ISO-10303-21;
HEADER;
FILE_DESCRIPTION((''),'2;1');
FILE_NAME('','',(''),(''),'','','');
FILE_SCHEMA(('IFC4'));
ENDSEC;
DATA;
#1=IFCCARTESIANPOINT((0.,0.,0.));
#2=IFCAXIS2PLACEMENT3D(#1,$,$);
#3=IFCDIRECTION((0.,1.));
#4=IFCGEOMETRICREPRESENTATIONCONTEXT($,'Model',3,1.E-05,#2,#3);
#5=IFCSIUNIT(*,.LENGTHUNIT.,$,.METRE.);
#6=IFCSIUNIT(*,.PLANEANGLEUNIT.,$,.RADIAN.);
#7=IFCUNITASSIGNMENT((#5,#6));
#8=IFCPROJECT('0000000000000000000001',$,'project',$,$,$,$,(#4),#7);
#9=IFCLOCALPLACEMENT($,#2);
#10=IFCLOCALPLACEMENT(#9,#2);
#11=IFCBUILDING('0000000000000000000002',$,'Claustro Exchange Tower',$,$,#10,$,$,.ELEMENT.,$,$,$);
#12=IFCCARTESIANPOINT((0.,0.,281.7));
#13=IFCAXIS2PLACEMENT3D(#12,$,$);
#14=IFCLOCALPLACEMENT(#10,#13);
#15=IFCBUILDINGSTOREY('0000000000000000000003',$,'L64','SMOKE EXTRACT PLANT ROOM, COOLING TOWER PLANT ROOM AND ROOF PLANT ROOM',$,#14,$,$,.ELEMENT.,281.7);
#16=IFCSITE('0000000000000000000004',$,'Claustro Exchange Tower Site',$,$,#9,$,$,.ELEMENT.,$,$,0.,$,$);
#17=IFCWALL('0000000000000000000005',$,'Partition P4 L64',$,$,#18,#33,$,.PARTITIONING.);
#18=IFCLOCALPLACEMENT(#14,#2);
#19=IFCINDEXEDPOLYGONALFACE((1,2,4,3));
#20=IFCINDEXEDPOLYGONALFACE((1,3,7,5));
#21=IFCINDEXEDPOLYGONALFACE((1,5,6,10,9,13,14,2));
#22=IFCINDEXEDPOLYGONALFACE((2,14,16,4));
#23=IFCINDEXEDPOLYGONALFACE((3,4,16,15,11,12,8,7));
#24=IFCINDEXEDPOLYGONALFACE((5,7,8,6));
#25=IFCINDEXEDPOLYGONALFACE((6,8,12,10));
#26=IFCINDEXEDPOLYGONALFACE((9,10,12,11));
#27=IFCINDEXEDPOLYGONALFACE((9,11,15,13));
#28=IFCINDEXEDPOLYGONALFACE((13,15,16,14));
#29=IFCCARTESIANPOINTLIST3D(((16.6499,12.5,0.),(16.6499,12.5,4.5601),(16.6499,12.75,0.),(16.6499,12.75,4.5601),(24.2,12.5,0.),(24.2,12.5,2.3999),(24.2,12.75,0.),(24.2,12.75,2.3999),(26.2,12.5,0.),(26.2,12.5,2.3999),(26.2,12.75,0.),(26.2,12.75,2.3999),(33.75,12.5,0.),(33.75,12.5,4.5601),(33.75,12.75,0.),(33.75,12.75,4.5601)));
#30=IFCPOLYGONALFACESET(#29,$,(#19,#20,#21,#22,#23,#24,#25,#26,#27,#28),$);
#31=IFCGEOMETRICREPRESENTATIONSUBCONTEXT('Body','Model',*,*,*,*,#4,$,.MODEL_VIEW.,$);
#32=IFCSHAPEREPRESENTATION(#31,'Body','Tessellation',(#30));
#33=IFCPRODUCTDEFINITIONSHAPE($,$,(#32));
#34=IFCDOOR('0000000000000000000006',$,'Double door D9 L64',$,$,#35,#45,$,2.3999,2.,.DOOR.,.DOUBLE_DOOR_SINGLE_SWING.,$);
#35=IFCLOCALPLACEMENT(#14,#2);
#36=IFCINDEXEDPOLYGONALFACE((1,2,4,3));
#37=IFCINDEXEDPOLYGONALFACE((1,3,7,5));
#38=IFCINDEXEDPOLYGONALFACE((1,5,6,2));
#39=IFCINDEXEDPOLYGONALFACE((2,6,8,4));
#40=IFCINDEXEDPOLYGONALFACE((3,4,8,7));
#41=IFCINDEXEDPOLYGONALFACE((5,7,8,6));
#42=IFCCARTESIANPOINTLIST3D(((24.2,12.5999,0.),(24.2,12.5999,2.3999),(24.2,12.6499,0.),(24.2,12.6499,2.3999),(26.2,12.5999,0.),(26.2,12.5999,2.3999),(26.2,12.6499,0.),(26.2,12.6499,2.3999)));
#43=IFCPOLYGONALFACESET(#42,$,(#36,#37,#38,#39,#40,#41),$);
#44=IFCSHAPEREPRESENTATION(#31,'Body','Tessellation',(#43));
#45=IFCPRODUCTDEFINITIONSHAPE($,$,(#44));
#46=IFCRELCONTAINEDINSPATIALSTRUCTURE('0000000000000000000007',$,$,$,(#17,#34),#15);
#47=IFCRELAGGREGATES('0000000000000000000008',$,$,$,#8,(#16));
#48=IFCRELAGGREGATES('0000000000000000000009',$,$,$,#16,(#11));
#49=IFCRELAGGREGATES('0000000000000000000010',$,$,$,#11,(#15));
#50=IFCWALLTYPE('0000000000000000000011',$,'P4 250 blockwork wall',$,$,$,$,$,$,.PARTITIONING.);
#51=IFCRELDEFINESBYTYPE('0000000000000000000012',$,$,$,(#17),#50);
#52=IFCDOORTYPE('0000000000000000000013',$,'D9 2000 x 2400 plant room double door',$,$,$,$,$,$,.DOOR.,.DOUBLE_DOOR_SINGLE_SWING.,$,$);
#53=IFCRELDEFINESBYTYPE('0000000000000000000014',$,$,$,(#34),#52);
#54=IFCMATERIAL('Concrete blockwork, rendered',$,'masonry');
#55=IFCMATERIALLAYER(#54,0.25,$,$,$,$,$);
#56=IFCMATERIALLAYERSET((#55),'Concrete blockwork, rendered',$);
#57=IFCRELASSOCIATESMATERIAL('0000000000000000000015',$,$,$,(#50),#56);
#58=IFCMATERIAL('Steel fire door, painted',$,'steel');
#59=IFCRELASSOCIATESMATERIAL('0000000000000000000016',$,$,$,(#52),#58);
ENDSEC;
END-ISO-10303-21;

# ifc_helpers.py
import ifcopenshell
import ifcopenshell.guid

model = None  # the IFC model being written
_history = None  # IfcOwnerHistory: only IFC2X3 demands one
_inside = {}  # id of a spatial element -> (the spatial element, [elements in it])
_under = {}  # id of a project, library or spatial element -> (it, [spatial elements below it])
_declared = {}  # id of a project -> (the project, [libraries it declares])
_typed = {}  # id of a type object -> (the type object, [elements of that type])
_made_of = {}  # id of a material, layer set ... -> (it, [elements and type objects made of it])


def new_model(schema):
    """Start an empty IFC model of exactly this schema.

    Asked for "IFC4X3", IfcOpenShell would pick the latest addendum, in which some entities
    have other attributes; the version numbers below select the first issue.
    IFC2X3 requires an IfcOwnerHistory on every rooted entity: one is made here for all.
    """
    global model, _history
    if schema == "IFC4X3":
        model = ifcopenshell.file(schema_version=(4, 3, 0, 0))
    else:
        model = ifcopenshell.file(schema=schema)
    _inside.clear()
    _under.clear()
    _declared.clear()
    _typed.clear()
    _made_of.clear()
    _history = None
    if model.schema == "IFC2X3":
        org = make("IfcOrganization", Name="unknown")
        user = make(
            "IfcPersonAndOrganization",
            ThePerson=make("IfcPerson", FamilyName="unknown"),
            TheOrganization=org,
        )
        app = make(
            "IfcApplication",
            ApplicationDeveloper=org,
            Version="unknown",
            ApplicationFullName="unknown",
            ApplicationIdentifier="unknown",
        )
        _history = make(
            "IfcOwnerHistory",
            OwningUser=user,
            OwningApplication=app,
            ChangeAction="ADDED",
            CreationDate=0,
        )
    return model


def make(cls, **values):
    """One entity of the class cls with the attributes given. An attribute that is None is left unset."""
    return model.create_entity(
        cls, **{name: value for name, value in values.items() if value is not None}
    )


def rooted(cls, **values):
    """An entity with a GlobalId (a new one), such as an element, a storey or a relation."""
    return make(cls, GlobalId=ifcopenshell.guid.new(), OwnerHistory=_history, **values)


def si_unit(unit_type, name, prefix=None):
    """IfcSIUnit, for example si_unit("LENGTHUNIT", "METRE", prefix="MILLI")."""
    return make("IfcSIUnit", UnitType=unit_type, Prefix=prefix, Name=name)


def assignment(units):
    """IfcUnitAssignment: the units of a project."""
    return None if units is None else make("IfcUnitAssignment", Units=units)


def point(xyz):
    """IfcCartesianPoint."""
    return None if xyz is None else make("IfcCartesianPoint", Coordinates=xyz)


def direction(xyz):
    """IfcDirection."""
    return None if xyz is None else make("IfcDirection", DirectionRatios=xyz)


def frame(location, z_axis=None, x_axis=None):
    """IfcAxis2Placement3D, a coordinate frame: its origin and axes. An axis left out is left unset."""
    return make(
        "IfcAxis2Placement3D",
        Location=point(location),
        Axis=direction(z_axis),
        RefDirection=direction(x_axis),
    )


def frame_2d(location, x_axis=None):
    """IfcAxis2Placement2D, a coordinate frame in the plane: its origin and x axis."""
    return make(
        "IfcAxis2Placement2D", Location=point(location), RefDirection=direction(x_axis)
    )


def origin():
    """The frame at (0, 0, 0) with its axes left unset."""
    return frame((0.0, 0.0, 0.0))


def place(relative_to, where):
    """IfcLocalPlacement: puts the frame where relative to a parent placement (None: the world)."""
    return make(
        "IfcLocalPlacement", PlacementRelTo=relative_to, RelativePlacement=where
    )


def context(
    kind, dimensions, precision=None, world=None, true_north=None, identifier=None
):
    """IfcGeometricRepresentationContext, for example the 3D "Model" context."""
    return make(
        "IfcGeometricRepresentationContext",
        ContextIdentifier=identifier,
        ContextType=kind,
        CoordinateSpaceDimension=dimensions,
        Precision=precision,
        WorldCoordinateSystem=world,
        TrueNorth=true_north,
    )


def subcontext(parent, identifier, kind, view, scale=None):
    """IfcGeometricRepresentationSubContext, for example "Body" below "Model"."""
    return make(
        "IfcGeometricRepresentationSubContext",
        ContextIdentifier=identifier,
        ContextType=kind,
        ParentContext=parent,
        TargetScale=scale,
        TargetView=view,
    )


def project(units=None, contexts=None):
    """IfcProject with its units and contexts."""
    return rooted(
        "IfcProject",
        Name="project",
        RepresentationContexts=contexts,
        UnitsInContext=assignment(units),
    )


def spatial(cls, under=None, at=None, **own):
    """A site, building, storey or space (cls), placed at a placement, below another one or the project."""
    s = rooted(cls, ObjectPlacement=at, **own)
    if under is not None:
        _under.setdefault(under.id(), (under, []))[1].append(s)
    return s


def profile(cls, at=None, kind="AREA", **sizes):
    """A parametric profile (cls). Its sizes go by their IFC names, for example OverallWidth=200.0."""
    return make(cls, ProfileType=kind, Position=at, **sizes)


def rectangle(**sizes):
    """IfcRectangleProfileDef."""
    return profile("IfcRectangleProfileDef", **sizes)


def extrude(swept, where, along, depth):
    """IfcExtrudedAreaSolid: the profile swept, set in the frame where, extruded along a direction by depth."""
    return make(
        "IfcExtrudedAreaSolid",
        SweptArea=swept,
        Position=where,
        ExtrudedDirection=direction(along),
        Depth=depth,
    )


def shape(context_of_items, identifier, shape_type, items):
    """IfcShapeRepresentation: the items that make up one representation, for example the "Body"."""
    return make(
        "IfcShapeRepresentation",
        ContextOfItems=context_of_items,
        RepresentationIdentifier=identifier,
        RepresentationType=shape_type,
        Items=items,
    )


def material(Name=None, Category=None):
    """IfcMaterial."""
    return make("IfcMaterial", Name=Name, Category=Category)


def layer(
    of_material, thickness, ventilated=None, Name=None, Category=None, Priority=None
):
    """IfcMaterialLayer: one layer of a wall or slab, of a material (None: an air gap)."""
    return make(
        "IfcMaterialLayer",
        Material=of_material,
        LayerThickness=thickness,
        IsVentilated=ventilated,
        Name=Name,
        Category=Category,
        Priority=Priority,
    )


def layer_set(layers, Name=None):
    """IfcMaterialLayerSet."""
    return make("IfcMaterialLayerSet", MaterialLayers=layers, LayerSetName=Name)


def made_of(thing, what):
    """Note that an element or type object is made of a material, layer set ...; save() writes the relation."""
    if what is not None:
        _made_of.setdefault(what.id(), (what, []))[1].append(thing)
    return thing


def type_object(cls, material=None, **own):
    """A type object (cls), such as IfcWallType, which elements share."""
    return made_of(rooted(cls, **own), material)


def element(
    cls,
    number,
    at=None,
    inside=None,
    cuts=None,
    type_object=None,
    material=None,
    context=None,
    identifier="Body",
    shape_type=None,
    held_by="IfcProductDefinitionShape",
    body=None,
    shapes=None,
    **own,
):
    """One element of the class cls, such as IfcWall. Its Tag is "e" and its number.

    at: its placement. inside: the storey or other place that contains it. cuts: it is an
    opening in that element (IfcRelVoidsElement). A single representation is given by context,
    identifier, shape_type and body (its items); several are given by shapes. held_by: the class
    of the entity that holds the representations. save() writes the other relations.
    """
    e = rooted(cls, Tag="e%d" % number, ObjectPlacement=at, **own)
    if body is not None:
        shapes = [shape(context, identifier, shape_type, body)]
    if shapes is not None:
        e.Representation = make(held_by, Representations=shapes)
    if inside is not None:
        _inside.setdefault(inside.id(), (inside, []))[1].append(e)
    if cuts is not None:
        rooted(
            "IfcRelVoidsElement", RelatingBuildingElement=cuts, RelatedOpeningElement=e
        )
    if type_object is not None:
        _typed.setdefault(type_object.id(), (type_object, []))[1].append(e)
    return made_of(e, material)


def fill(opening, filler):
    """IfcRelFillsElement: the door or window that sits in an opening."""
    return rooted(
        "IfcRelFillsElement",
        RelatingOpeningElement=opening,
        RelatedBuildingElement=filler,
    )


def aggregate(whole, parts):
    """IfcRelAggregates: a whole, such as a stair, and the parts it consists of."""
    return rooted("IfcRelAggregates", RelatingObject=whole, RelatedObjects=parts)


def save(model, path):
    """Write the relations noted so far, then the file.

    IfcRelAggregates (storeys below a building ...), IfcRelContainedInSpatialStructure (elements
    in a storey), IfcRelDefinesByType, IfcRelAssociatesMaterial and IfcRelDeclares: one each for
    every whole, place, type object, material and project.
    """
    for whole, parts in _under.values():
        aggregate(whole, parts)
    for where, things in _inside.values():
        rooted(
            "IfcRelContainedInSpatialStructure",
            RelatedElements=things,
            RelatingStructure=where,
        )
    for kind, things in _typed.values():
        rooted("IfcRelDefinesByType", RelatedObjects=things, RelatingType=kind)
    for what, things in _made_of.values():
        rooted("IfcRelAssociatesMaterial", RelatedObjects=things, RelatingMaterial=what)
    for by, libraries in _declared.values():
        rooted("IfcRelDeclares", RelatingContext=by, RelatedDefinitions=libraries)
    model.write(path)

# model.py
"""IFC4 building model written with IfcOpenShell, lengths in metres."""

from ifc_helpers import new_model, si_unit, direction, frame, frame_2d, origin, place, context, subcontext, project, spatial, rectangle, extrude, material, layer, layer_set, type_object, element, fill, save


model = new_model("IFC4")

# Units and contexts
model_context = context("Model", 3, precision=1e-05, world=origin(), true_north=direction((0.0, 1.0)))
body_context = subcontext(model_context, "Body", "Model", "MODEL_VIEW")
ifc_project = project(units=[si_unit("LENGTHUNIT", "METRE"), si_unit("PLANEANGLEUNIT", "RADIAN")], contexts=[model_context])

# Site, building, storey
site_placement = place(None, origin())
site = spatial("IfcSite", under=ifc_project, at=site_placement, Name="Claustro Exchange Tower Site", CompositionType="ELEMENT", RefElevation=0.0)
building_placement = place(site_placement, origin())
building = spatial("IfcBuilding", under=site, at=building_placement, Name="Claustro Exchange Tower", CompositionType="ELEMENT")
storey_placement = place(building_placement, frame((0.0, 0.0, 281.7)))
storey = spatial("IfcBuildingStorey", under=building, at=storey_placement, Name="L64", Description="SMOKE EXTRACT PLANT ROOM, COOLING TOWER PLANT ROOM AND ROOF PLANT ROOM", CompositionType="ELEMENT", Elevation=281.7)

# Shared definitions
ifc_material_1 = material(Name="Concrete blockwork, rendered", Category="masonry")
ifc_layer_1 = layer(ifc_material_1, 0.25)
ifc_layer_set_1 = layer_set([ifc_layer_1], Name="Concrete blockwork, rendered")
wall_type = type_object("IfcWallType", Name="P4 250 blockwork wall", PredefinedType="PARTITIONING", material=ifc_layer_set_1)

# Wall, opening, door
wall_1_placement = place(storey_placement, frame((16.6499, 12.625, 0.0), z_axis=(0.0, 0.0, 1.0), x_axis=(1.0, 0.0, 0.0)))
wall_1 = element("IfcWall", 1, at=wall_1_placement, inside=storey, type_object=wall_type, Name="Partition P4 L64", PredefinedType="PARTITIONING", context=body_context, shape_type="SweptSolid", body=[
    extrude(rectangle(XDim=17.1001, YDim=0.25, at=frame_2d((8.55, 0.0))), origin(), (0.0, 0.0, 1.0), 4.5601),
])
opening_placement = place(wall_1_placement, frame((7.55, 0.0, 0.0)))
opening = element("IfcOpeningElement", 2, at=opening_placement, cuts=wall_1, PredefinedType="OPENING", context=body_context, shape_type="SweptSolid", body=[
    extrude(rectangle(XDim=2.0, YDim=2.3999, at=frame_2d((1.0, 1.2))), frame((0.0, 0.135, 0.0), z_axis=(0.0, -1.0, 0.0), x_axis=(1.0, 0.0, 0.0)), (0.0, 0.0, 1.0), 0.27),
])
ifc_material_2 = material(Name="Steel fire door, painted", Category="steel")
door_type = type_object("IfcDoorType", Name="D9 2000 x 2400 plant room double door", OperationType="DOUBLE_DOOR_SINGLE_SWING", PredefinedType="DOOR", material=ifc_material_2)
door_placement = place(opening_placement, origin())
door = element("IfcDoor", 3, at=door_placement, inside=storey, type_object=door_type, Name="Double door D9 L64", OperationType="DOUBLE_DOOR_SINGLE_SWING", OverallHeight=2.3999, OverallWidth=2.0, PredefinedType="DOOR", context=body_context, shape_type="SweptSolid", body=[
    extrude(rectangle(XDim=2.0, YDim=2.3999, at=frame_2d((1.0, 1.2))), frame((0.0, 0.0249, 0.0), z_axis=(0.0, -1.0, 0.0), x_axis=(1.0, 0.0, 0.0)), (0.0, 0.0, 1.0), 0.05),
])
fill(opening, door)

save(model, "model.ifc")
